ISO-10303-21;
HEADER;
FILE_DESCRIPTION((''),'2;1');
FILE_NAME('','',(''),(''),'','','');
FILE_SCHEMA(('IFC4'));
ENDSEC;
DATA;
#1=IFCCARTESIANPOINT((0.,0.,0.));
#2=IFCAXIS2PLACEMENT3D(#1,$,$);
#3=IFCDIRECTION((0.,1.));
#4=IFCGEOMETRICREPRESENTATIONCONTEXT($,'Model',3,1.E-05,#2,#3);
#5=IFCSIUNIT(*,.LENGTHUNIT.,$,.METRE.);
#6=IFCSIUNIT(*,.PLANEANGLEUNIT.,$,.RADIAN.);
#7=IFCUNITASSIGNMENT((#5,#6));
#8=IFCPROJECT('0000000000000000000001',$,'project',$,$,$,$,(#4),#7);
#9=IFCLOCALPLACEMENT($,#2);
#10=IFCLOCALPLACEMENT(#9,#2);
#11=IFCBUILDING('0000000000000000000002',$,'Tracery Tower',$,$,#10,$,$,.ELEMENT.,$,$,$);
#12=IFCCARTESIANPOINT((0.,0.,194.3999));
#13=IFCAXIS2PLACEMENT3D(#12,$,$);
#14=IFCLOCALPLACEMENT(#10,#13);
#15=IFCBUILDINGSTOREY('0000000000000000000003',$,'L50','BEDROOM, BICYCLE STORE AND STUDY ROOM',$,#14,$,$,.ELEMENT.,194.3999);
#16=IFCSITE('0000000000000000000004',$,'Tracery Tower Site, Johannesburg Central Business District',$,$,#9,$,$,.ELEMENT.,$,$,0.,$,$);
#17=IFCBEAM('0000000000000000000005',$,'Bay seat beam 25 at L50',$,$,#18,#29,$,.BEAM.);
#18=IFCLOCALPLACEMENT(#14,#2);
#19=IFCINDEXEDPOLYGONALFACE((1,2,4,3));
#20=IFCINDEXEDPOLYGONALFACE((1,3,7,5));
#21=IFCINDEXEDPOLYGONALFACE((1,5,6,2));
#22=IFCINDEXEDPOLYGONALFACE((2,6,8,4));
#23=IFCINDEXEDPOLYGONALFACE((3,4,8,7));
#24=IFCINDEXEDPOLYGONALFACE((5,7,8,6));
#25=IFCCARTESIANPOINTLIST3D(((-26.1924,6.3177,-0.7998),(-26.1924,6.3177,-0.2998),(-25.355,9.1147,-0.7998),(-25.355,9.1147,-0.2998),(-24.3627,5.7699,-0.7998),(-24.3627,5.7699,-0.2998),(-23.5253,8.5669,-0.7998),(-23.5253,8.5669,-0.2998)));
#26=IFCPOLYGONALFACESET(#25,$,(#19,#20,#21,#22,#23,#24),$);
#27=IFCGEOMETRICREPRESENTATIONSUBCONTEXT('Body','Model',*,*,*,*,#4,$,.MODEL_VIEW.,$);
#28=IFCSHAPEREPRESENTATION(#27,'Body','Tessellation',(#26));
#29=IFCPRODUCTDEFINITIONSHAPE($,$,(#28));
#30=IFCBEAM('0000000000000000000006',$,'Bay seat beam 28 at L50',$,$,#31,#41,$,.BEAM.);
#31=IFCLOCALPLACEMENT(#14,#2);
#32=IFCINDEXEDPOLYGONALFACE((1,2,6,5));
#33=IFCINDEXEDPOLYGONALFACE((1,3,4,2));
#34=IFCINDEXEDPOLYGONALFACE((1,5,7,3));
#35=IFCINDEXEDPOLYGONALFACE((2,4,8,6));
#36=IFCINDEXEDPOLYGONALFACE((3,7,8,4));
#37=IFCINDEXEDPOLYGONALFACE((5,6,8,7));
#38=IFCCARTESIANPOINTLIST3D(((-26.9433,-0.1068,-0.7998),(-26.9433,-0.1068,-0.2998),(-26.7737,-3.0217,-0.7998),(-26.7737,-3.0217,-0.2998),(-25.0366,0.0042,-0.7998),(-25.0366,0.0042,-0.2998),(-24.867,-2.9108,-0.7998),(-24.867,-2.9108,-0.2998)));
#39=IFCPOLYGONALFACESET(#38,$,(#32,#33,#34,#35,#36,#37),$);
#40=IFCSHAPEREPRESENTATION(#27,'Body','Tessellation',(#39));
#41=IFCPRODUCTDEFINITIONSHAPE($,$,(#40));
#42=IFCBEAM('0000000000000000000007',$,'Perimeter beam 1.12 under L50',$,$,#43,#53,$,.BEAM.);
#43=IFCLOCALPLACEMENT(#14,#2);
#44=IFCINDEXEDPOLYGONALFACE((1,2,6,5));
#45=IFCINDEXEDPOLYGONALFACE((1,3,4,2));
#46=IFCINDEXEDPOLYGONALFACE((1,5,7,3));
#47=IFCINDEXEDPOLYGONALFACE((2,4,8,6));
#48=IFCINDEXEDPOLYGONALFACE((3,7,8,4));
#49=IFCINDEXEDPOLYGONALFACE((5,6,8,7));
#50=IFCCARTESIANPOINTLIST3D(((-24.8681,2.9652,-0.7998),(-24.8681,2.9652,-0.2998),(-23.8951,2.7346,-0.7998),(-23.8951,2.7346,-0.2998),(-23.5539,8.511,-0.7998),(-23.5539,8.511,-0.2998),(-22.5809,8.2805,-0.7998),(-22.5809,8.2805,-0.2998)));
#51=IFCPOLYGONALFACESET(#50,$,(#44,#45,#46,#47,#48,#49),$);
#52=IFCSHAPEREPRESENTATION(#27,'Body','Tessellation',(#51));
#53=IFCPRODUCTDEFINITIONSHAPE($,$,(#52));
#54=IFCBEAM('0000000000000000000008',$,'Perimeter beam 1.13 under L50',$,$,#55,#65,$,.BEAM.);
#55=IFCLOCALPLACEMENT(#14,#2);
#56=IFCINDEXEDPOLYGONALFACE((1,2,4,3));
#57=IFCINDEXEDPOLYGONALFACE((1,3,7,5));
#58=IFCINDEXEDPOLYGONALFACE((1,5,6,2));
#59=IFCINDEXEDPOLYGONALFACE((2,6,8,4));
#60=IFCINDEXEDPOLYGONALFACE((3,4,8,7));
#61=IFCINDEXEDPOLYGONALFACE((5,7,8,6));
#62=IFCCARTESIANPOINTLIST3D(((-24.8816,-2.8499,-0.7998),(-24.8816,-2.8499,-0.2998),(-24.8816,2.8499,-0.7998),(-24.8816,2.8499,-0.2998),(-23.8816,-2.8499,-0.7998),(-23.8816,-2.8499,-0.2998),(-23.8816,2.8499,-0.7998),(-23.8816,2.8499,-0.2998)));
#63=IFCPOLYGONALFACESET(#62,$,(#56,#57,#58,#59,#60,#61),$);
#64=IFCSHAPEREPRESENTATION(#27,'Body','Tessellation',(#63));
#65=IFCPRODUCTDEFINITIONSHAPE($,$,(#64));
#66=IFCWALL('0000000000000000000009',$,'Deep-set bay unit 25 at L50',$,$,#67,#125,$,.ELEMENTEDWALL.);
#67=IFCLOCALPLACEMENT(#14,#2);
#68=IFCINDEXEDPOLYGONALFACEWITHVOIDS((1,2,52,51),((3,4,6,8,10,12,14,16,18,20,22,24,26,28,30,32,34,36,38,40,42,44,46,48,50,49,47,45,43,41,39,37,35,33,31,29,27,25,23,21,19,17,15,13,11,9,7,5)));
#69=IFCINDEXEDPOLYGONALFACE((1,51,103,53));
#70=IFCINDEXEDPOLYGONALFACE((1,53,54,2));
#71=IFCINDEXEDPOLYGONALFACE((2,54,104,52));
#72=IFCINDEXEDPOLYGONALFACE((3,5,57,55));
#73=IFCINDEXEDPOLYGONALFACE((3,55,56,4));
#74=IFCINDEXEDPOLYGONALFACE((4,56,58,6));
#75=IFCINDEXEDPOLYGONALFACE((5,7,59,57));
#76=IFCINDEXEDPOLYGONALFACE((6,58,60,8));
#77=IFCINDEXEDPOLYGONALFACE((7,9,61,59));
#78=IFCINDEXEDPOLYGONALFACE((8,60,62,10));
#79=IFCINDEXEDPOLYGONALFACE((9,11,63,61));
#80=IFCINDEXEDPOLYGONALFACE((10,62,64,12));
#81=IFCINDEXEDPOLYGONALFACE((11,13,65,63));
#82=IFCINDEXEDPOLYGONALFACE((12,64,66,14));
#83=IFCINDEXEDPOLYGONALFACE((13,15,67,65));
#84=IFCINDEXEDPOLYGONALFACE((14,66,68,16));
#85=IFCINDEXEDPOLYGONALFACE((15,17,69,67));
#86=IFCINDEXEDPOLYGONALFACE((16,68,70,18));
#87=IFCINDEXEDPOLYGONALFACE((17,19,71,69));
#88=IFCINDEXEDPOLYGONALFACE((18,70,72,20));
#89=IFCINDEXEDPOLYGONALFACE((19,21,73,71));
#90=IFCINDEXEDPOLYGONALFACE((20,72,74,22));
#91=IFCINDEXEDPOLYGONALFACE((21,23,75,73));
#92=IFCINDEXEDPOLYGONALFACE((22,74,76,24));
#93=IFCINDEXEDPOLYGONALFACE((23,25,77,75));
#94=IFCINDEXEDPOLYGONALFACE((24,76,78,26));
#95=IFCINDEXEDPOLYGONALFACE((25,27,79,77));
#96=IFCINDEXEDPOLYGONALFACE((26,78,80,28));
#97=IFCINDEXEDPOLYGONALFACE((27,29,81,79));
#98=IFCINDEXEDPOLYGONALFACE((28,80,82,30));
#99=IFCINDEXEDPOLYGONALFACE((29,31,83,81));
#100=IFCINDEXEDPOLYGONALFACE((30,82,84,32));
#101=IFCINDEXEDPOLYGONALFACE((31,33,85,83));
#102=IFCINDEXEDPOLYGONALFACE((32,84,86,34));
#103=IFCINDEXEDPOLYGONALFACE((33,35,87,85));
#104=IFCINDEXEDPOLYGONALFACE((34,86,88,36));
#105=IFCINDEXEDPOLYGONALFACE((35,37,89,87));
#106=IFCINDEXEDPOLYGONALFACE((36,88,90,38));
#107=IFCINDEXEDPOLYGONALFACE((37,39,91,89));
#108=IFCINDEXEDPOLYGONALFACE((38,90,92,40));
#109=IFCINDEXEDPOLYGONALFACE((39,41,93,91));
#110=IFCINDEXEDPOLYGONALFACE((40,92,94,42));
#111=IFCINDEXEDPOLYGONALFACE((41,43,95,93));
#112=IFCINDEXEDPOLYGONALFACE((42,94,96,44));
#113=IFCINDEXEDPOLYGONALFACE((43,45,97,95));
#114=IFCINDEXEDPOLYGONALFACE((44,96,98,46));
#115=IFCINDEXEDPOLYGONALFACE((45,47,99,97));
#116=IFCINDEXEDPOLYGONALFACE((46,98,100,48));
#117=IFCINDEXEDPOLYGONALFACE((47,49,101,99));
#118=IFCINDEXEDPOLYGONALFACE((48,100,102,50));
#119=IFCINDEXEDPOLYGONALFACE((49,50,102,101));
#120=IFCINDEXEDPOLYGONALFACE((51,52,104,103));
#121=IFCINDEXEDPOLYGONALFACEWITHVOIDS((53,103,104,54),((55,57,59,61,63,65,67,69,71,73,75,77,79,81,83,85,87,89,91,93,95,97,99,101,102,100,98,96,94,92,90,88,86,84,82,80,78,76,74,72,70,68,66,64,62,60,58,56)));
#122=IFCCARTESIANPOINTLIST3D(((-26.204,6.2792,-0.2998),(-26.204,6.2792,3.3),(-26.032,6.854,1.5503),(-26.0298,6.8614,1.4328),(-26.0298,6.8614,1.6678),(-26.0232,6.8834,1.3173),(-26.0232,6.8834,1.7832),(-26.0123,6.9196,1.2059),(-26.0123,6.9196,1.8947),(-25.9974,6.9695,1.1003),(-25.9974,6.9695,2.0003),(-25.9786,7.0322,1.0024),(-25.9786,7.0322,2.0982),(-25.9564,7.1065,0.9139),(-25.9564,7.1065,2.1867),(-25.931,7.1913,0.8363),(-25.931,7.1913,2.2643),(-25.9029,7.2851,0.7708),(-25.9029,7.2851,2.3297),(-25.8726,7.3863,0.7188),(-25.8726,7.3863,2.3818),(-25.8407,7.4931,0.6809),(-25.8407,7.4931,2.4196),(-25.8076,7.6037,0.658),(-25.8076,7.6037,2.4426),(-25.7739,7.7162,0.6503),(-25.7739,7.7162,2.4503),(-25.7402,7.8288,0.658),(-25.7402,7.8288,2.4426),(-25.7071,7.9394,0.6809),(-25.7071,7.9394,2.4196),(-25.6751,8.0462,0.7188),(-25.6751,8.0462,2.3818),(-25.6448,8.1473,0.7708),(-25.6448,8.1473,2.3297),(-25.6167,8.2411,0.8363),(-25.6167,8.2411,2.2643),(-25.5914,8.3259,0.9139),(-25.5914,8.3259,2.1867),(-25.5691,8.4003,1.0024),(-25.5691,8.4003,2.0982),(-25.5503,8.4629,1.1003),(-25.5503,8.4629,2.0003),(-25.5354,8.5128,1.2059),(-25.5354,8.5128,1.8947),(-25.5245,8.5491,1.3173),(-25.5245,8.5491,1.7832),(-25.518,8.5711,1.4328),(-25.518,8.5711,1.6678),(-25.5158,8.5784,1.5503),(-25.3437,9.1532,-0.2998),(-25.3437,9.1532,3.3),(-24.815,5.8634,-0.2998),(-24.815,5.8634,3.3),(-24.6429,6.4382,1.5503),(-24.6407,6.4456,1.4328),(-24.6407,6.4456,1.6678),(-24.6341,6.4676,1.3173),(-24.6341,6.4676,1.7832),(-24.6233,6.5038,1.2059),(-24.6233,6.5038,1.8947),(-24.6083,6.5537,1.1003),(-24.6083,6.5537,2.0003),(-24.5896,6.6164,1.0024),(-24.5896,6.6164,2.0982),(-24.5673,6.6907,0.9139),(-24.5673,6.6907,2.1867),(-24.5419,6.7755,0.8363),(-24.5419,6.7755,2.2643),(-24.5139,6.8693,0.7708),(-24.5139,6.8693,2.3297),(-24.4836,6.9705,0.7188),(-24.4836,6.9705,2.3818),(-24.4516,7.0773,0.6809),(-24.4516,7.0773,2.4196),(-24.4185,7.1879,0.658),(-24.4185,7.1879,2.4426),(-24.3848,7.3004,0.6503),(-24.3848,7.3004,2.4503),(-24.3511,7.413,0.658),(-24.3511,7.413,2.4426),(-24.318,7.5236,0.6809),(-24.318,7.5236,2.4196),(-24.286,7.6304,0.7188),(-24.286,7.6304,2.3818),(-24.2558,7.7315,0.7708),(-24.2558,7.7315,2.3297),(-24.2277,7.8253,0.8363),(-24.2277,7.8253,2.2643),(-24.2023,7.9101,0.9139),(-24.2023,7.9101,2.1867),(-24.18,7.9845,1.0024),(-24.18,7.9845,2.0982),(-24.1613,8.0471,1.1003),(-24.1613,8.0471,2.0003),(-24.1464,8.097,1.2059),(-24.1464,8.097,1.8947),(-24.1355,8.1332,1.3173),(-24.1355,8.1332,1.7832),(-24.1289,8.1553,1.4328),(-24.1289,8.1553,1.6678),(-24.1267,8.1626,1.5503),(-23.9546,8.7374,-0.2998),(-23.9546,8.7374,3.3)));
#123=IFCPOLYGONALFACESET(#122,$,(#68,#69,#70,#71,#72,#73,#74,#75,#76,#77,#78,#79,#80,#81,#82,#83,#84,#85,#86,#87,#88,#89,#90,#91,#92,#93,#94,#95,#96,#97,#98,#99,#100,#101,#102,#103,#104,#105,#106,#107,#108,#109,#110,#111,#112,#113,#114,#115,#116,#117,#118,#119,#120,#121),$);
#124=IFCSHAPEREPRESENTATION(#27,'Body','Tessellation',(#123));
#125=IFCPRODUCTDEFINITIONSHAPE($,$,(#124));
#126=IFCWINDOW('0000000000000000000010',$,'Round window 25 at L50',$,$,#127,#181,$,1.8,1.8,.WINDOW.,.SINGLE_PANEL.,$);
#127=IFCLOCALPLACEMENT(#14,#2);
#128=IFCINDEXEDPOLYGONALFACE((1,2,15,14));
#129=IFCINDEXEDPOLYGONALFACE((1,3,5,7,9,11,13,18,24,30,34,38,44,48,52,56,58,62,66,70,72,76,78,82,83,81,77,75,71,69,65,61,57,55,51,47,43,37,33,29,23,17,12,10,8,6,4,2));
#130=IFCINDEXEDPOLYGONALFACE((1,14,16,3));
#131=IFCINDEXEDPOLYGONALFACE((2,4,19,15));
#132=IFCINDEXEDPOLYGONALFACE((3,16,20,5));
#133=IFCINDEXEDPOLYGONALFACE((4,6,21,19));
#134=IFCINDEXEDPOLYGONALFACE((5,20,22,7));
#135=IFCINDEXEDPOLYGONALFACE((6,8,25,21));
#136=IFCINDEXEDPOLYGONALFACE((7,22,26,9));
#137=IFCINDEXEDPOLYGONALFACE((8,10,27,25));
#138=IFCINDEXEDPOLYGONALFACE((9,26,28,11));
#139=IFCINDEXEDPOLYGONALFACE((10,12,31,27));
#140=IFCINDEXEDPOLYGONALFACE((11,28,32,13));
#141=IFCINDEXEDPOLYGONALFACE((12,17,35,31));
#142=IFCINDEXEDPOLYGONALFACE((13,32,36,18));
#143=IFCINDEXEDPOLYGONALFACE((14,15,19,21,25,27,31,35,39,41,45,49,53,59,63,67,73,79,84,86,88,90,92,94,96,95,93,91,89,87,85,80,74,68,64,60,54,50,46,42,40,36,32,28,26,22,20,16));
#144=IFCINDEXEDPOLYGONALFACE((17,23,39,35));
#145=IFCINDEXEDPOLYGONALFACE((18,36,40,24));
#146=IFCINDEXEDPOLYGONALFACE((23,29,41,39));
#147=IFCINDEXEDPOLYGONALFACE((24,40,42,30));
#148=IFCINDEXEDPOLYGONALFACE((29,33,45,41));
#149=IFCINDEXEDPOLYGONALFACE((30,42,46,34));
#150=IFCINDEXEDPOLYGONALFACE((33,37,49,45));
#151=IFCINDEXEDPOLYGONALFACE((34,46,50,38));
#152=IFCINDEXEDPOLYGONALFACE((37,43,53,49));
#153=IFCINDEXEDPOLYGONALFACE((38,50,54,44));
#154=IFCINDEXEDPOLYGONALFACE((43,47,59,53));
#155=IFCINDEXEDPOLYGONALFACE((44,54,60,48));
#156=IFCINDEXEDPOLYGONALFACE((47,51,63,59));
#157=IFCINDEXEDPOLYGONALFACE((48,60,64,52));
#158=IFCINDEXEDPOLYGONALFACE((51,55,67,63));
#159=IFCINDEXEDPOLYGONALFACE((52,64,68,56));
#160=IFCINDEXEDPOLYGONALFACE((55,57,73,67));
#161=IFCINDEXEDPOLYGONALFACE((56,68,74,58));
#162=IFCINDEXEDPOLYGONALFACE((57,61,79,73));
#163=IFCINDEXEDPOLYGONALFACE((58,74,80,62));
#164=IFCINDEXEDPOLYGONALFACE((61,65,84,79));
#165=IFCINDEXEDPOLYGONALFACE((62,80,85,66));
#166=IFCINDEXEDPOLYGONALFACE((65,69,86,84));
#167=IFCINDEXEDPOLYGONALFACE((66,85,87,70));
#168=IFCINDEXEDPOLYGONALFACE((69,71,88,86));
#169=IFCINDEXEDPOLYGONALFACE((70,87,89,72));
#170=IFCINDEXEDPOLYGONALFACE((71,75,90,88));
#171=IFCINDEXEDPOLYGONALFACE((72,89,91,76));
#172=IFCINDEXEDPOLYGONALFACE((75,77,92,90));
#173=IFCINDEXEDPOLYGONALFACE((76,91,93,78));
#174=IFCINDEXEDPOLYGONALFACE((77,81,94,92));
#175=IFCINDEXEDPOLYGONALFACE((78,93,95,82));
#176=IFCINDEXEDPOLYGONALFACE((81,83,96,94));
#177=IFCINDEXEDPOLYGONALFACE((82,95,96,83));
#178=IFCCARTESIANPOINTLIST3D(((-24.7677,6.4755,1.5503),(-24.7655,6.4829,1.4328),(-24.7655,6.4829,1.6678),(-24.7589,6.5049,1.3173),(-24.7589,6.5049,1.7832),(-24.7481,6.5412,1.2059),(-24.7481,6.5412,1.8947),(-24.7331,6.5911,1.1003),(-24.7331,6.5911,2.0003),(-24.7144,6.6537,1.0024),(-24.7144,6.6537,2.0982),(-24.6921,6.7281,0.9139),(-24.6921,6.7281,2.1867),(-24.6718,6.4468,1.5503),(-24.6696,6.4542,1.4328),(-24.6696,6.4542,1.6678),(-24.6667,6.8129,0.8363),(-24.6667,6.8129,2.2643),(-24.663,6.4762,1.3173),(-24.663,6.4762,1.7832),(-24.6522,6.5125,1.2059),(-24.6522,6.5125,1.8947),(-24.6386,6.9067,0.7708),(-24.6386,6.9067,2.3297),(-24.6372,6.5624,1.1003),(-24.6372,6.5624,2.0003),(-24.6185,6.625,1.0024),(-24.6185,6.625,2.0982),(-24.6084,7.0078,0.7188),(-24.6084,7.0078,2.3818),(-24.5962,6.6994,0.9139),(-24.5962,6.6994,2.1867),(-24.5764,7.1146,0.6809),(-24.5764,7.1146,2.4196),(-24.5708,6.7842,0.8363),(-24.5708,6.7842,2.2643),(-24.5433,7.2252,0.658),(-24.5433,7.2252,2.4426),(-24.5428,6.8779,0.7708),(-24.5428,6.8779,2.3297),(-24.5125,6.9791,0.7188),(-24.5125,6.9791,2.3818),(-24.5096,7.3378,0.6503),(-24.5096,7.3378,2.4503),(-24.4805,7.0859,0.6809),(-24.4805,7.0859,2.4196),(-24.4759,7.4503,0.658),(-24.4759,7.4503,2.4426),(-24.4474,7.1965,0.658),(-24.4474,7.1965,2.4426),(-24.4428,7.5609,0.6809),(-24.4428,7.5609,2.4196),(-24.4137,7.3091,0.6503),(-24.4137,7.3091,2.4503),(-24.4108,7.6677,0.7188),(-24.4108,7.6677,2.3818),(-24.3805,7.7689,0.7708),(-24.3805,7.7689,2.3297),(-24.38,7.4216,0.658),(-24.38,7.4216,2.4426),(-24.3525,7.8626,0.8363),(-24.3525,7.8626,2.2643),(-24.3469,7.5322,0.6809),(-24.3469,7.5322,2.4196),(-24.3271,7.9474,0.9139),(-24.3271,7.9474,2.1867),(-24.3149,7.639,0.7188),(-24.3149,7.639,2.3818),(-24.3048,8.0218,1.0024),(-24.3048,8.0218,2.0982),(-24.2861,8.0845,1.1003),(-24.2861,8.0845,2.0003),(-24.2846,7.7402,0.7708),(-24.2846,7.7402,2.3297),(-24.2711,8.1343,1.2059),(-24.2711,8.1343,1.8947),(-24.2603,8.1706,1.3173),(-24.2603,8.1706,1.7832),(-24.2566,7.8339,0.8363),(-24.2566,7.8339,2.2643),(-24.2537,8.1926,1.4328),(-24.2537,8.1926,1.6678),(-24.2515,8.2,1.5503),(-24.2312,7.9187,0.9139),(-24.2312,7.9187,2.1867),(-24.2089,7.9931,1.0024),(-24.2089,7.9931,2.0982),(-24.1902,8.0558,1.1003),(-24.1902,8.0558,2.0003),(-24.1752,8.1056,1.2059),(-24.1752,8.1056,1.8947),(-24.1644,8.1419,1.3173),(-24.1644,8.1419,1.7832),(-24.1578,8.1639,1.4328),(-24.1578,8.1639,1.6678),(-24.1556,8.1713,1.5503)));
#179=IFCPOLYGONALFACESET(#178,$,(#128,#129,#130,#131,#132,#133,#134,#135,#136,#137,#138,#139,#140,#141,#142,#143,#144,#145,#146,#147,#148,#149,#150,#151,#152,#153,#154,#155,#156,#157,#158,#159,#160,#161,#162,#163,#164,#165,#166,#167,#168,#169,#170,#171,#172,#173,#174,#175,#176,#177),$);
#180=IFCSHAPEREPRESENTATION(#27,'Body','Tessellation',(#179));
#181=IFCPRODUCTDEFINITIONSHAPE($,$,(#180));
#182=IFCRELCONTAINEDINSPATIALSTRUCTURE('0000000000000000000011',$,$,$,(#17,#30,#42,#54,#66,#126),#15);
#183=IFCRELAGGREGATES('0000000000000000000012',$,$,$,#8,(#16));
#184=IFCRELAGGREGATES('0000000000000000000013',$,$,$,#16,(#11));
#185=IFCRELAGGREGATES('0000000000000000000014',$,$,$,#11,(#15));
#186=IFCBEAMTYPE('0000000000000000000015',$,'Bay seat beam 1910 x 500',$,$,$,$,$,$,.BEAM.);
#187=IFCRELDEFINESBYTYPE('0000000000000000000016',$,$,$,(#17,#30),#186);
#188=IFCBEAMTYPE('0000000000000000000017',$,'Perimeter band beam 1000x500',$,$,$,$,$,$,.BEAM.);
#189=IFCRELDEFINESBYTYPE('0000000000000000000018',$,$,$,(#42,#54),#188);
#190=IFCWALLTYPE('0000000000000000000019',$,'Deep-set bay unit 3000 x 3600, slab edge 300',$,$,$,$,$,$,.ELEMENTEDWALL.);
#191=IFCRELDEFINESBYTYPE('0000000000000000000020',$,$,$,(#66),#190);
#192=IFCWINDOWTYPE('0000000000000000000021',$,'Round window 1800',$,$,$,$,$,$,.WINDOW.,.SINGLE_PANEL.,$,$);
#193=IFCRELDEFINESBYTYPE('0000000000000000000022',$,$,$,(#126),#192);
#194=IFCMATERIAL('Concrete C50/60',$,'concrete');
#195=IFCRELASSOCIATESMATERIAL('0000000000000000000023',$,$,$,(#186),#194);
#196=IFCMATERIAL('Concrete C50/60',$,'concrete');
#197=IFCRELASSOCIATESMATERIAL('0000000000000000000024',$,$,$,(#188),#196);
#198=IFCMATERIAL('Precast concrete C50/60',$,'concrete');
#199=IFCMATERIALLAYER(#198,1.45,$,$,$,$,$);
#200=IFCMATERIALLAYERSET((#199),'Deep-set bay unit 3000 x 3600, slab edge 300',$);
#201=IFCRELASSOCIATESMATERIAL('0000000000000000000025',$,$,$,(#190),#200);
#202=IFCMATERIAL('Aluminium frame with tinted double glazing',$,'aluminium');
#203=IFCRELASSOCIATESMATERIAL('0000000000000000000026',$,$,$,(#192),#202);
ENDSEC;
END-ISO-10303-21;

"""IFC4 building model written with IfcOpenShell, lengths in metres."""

from ifc_helpers import new_model, si_unit, direction, frame, frame_2d, origin, origin_2d, place, context, subcontext, project, spatial, rectangle, circle, extrude, material, layer, layer_set, material_profile, profile_set, type_object, element, fill, save


model = new_model("IFC4")

# Units and contexts
model_context = context("Model", 3, precision=1e-05, world=origin(), true_north=direction((0.0, 1.0)))
body_context = subcontext(model_context, "Body", "Model", "MODEL_VIEW")
ifc_project = project(units=[si_unit("LENGTHUNIT", "METRE"), si_unit("PLANEANGLEUNIT", "RADIAN")], contexts=[model_context])

# Site, building, storey
site_placement = place(None, origin())
site = spatial("IfcSite", under=ifc_project, at=site_placement, Name="Tracery Tower Site, Johannesburg Central Business District", CompositionType="ELEMENT", RefElevation=0.0)
building_placement = place(site_placement, origin())
building = spatial("IfcBuilding", under=site, at=building_placement, Name="Tracery Tower", CompositionType="ELEMENT")
storey_placement = place(building_placement, frame((0.0, 0.0, 194.3999)))
storey = spatial("IfcBuildingStorey", under=building, at=storey_placement, Name="L50", Description="BEDROOM, BICYCLE STORE AND STUDY ROOM", CompositionType="ELEMENT", Elevation=194.3999)

# Beams
ifc_material_1 = material(Name="Concrete C50/60", Category="concrete")
ifc_material_profile_1 = material_profile(ifc_material_1, rectangle(XDim=1.9099, YDim=0.5, at=origin_2d()), Name="RC 1910x500")
ifc_profile_set_1 = profile_set([ifc_material_profile_1], Name="Concrete C50/60")
beam_type_1 = type_object("IfcBeamType", Name="Bay seat beam 1910 x 500", PredefinedType="BEAM", material=ifc_profile_set_1)
beam_1_placement = place(storey_placement, frame((-24.4402, 8.8408, -0.5498), z_axis=(-0.286803, -0.95799, 0.0), x_axis=(0.95799, -0.286803, 0.0)))
element("IfcBeam", 1, at=beam_1_placement, inside=storey, type_object=beam_type_1, Name="Bay seat beam 25 at L50", PredefinedType="BEAM", context=body_context, shape_type="SweptSolid", body=[
    extrude(rectangle(XDim=1.9099, YDim=0.5, at=origin_2d()), origin(), (0.0, 0.0, 1.0), 2.9197),
])
beam_2_placement = place(storey_placement, frame((-25.99, -0.0513, -0.5498), z_axis=(0.058109, -0.99831, 0.0), x_axis=(0.99831, 0.058109, 0.0)))
element("IfcBeam", 2, at=beam_2_placement, inside=storey, type_object=beam_type_1, Name="Bay seat beam 28 at L50", PredefinedType="BEAM", context=body_context, shape_type="SweptSolid", body=[
    extrude(rectangle(XDim=1.9099, YDim=0.5, at=origin_2d()), origin(), (0.0, 0.0, 1.0), 2.9199),
])
ifc_material_2 = material(Name="Concrete C50/60", Category="concrete")
ifc_material_profile_2 = material_profile(ifc_material_2, rectangle(XDim=1.0, YDim=0.5, at=origin_2d()), Name="RC 1000x500")
ifc_profile_set_2 = profile_set([ifc_material_profile_2], Name="Concrete C50/60")
beam_type_2 = type_object("IfcBeamType", Name="Perimeter band beam 1000x500", PredefinedType="BEAM", material=ifc_profile_set_2)
beam_3_placement = place(storey_placement, frame((-23.0674, 8.3958, -0.5498), z_axis=(-0.230584, -0.973052, 0.0), x_axis=(0.973052, -0.230584, 0.0)))
element("IfcBeam", 3, at=beam_3_placement, inside=storey, type_object=beam_type_2, Name="Perimeter beam 1.12 under L50", PredefinedType="BEAM", context=body_context, shape_type="SweptSolid", body=[
    extrude(rectangle(XDim=1.0, YDim=0.5, at=origin_2d()), origin(), (0.0, 0.0, 1.0), 5.6995),
])
beam_4_placement = place(storey_placement, frame((-24.3816, 2.8499, -0.5498), z_axis=(0.0, -1.0, 0.0), x_axis=(1.0, 0.0, 0.0)))
element("IfcBeam", 4, at=beam_4_placement, inside=storey, type_object=beam_type_2, Name="Perimeter beam 1.13 under L50", PredefinedType="BEAM", context=body_context, shape_type="SweptSolid", body=[
    extrude(rectangle(XDim=1.0, YDim=0.5, at=origin_2d()), origin(), (0.0, 0.0, 1.0), 5.6997),
])

# Wall, opening, window
ifc_material_3 = material(Name="Precast concrete C50/60", Category="concrete")
ifc_layer_1 = layer(ifc_material_3, 1.45)
ifc_layer_set_1 = layer_set([ifc_layer_1], Name="Deep-set bay unit 3000 x 3600, slab edge 300")
wall_type_1 = type_object("IfcWallType", Name="Deep-set bay unit 3000 x 3600, slab edge 300", PredefinedType="ELEMENTEDWALL", material=ifc_layer_set_1)
wall_1_placement = place(storey_placement, frame((-24.6492, 8.9453, -0.2998), z_axis=(0.0, 0.0, 1.0), x_axis=(-0.28678, -0.957996, 0.0)))
wall_1 = element("IfcWall", 5, at=wall_1_placement, inside=storey, type_object=wall_type_1, Name="Deep-set bay unit 25 at L50", PredefinedType="ELEMENTEDWALL", context=body_context, shape_type="SweptSolid", body=[
    extrude(rectangle(XDim=3.0, YDim=1.45, at=frame_2d((1.5, 0.0))), origin(), (0.0, 0.0, 1.0), 3.5999),
])
opening_1_placement = place(wall_1_placement, frame((1.5, 0.0, 1.8501)))
opening_1 = element("IfcOpeningElement", 6, at=opening_1_placement, cuts=wall_1, PredefinedType="OPENING", context=body_context, shape_type="SweptSolid", body=[
    extrude(circle(Radius=0.9, at=origin_2d()), frame((0.0, 0.7349, 0.0), z_axis=(0.0, -1.0, 0.0), x_axis=(1.0, 0.0, 0.0)), (0.0, 0.0, 1.0), 1.47),
])
ifc_material_4 = material(Name="Aluminium frame with tinted double glazing", Category="aluminium")
window_type = type_object("IfcWindowType", Name="Round window 1800", PartitioningType="SINGLE_PANEL", PredefinedType="WINDOW", material=ifc_material_4)
window_1_placement = place(opening_1_placement, origin())
window_1 = element("IfcWindow", 7, at=window_1_placement, inside=storey, type_object=window_type, Name="Round window 25 at L50", OverallHeight=1.8, OverallWidth=1.8, PartitioningType="SINGLE_PANEL", PredefinedType="WINDOW", context=body_context, shape_type="SweptSolid", body=[
    extrude(circle(Radius=0.9, at=origin_2d()), frame((0.0, 0.6948, 0.0), z_axis=(0.0, -1.0, 0.0), x_axis=(1.0, 0.0, 0.0)), (0.0, 0.0, 1.0), 0.1001),
])
fill(opening_1, window_1)

save(model, "model.ifc")
